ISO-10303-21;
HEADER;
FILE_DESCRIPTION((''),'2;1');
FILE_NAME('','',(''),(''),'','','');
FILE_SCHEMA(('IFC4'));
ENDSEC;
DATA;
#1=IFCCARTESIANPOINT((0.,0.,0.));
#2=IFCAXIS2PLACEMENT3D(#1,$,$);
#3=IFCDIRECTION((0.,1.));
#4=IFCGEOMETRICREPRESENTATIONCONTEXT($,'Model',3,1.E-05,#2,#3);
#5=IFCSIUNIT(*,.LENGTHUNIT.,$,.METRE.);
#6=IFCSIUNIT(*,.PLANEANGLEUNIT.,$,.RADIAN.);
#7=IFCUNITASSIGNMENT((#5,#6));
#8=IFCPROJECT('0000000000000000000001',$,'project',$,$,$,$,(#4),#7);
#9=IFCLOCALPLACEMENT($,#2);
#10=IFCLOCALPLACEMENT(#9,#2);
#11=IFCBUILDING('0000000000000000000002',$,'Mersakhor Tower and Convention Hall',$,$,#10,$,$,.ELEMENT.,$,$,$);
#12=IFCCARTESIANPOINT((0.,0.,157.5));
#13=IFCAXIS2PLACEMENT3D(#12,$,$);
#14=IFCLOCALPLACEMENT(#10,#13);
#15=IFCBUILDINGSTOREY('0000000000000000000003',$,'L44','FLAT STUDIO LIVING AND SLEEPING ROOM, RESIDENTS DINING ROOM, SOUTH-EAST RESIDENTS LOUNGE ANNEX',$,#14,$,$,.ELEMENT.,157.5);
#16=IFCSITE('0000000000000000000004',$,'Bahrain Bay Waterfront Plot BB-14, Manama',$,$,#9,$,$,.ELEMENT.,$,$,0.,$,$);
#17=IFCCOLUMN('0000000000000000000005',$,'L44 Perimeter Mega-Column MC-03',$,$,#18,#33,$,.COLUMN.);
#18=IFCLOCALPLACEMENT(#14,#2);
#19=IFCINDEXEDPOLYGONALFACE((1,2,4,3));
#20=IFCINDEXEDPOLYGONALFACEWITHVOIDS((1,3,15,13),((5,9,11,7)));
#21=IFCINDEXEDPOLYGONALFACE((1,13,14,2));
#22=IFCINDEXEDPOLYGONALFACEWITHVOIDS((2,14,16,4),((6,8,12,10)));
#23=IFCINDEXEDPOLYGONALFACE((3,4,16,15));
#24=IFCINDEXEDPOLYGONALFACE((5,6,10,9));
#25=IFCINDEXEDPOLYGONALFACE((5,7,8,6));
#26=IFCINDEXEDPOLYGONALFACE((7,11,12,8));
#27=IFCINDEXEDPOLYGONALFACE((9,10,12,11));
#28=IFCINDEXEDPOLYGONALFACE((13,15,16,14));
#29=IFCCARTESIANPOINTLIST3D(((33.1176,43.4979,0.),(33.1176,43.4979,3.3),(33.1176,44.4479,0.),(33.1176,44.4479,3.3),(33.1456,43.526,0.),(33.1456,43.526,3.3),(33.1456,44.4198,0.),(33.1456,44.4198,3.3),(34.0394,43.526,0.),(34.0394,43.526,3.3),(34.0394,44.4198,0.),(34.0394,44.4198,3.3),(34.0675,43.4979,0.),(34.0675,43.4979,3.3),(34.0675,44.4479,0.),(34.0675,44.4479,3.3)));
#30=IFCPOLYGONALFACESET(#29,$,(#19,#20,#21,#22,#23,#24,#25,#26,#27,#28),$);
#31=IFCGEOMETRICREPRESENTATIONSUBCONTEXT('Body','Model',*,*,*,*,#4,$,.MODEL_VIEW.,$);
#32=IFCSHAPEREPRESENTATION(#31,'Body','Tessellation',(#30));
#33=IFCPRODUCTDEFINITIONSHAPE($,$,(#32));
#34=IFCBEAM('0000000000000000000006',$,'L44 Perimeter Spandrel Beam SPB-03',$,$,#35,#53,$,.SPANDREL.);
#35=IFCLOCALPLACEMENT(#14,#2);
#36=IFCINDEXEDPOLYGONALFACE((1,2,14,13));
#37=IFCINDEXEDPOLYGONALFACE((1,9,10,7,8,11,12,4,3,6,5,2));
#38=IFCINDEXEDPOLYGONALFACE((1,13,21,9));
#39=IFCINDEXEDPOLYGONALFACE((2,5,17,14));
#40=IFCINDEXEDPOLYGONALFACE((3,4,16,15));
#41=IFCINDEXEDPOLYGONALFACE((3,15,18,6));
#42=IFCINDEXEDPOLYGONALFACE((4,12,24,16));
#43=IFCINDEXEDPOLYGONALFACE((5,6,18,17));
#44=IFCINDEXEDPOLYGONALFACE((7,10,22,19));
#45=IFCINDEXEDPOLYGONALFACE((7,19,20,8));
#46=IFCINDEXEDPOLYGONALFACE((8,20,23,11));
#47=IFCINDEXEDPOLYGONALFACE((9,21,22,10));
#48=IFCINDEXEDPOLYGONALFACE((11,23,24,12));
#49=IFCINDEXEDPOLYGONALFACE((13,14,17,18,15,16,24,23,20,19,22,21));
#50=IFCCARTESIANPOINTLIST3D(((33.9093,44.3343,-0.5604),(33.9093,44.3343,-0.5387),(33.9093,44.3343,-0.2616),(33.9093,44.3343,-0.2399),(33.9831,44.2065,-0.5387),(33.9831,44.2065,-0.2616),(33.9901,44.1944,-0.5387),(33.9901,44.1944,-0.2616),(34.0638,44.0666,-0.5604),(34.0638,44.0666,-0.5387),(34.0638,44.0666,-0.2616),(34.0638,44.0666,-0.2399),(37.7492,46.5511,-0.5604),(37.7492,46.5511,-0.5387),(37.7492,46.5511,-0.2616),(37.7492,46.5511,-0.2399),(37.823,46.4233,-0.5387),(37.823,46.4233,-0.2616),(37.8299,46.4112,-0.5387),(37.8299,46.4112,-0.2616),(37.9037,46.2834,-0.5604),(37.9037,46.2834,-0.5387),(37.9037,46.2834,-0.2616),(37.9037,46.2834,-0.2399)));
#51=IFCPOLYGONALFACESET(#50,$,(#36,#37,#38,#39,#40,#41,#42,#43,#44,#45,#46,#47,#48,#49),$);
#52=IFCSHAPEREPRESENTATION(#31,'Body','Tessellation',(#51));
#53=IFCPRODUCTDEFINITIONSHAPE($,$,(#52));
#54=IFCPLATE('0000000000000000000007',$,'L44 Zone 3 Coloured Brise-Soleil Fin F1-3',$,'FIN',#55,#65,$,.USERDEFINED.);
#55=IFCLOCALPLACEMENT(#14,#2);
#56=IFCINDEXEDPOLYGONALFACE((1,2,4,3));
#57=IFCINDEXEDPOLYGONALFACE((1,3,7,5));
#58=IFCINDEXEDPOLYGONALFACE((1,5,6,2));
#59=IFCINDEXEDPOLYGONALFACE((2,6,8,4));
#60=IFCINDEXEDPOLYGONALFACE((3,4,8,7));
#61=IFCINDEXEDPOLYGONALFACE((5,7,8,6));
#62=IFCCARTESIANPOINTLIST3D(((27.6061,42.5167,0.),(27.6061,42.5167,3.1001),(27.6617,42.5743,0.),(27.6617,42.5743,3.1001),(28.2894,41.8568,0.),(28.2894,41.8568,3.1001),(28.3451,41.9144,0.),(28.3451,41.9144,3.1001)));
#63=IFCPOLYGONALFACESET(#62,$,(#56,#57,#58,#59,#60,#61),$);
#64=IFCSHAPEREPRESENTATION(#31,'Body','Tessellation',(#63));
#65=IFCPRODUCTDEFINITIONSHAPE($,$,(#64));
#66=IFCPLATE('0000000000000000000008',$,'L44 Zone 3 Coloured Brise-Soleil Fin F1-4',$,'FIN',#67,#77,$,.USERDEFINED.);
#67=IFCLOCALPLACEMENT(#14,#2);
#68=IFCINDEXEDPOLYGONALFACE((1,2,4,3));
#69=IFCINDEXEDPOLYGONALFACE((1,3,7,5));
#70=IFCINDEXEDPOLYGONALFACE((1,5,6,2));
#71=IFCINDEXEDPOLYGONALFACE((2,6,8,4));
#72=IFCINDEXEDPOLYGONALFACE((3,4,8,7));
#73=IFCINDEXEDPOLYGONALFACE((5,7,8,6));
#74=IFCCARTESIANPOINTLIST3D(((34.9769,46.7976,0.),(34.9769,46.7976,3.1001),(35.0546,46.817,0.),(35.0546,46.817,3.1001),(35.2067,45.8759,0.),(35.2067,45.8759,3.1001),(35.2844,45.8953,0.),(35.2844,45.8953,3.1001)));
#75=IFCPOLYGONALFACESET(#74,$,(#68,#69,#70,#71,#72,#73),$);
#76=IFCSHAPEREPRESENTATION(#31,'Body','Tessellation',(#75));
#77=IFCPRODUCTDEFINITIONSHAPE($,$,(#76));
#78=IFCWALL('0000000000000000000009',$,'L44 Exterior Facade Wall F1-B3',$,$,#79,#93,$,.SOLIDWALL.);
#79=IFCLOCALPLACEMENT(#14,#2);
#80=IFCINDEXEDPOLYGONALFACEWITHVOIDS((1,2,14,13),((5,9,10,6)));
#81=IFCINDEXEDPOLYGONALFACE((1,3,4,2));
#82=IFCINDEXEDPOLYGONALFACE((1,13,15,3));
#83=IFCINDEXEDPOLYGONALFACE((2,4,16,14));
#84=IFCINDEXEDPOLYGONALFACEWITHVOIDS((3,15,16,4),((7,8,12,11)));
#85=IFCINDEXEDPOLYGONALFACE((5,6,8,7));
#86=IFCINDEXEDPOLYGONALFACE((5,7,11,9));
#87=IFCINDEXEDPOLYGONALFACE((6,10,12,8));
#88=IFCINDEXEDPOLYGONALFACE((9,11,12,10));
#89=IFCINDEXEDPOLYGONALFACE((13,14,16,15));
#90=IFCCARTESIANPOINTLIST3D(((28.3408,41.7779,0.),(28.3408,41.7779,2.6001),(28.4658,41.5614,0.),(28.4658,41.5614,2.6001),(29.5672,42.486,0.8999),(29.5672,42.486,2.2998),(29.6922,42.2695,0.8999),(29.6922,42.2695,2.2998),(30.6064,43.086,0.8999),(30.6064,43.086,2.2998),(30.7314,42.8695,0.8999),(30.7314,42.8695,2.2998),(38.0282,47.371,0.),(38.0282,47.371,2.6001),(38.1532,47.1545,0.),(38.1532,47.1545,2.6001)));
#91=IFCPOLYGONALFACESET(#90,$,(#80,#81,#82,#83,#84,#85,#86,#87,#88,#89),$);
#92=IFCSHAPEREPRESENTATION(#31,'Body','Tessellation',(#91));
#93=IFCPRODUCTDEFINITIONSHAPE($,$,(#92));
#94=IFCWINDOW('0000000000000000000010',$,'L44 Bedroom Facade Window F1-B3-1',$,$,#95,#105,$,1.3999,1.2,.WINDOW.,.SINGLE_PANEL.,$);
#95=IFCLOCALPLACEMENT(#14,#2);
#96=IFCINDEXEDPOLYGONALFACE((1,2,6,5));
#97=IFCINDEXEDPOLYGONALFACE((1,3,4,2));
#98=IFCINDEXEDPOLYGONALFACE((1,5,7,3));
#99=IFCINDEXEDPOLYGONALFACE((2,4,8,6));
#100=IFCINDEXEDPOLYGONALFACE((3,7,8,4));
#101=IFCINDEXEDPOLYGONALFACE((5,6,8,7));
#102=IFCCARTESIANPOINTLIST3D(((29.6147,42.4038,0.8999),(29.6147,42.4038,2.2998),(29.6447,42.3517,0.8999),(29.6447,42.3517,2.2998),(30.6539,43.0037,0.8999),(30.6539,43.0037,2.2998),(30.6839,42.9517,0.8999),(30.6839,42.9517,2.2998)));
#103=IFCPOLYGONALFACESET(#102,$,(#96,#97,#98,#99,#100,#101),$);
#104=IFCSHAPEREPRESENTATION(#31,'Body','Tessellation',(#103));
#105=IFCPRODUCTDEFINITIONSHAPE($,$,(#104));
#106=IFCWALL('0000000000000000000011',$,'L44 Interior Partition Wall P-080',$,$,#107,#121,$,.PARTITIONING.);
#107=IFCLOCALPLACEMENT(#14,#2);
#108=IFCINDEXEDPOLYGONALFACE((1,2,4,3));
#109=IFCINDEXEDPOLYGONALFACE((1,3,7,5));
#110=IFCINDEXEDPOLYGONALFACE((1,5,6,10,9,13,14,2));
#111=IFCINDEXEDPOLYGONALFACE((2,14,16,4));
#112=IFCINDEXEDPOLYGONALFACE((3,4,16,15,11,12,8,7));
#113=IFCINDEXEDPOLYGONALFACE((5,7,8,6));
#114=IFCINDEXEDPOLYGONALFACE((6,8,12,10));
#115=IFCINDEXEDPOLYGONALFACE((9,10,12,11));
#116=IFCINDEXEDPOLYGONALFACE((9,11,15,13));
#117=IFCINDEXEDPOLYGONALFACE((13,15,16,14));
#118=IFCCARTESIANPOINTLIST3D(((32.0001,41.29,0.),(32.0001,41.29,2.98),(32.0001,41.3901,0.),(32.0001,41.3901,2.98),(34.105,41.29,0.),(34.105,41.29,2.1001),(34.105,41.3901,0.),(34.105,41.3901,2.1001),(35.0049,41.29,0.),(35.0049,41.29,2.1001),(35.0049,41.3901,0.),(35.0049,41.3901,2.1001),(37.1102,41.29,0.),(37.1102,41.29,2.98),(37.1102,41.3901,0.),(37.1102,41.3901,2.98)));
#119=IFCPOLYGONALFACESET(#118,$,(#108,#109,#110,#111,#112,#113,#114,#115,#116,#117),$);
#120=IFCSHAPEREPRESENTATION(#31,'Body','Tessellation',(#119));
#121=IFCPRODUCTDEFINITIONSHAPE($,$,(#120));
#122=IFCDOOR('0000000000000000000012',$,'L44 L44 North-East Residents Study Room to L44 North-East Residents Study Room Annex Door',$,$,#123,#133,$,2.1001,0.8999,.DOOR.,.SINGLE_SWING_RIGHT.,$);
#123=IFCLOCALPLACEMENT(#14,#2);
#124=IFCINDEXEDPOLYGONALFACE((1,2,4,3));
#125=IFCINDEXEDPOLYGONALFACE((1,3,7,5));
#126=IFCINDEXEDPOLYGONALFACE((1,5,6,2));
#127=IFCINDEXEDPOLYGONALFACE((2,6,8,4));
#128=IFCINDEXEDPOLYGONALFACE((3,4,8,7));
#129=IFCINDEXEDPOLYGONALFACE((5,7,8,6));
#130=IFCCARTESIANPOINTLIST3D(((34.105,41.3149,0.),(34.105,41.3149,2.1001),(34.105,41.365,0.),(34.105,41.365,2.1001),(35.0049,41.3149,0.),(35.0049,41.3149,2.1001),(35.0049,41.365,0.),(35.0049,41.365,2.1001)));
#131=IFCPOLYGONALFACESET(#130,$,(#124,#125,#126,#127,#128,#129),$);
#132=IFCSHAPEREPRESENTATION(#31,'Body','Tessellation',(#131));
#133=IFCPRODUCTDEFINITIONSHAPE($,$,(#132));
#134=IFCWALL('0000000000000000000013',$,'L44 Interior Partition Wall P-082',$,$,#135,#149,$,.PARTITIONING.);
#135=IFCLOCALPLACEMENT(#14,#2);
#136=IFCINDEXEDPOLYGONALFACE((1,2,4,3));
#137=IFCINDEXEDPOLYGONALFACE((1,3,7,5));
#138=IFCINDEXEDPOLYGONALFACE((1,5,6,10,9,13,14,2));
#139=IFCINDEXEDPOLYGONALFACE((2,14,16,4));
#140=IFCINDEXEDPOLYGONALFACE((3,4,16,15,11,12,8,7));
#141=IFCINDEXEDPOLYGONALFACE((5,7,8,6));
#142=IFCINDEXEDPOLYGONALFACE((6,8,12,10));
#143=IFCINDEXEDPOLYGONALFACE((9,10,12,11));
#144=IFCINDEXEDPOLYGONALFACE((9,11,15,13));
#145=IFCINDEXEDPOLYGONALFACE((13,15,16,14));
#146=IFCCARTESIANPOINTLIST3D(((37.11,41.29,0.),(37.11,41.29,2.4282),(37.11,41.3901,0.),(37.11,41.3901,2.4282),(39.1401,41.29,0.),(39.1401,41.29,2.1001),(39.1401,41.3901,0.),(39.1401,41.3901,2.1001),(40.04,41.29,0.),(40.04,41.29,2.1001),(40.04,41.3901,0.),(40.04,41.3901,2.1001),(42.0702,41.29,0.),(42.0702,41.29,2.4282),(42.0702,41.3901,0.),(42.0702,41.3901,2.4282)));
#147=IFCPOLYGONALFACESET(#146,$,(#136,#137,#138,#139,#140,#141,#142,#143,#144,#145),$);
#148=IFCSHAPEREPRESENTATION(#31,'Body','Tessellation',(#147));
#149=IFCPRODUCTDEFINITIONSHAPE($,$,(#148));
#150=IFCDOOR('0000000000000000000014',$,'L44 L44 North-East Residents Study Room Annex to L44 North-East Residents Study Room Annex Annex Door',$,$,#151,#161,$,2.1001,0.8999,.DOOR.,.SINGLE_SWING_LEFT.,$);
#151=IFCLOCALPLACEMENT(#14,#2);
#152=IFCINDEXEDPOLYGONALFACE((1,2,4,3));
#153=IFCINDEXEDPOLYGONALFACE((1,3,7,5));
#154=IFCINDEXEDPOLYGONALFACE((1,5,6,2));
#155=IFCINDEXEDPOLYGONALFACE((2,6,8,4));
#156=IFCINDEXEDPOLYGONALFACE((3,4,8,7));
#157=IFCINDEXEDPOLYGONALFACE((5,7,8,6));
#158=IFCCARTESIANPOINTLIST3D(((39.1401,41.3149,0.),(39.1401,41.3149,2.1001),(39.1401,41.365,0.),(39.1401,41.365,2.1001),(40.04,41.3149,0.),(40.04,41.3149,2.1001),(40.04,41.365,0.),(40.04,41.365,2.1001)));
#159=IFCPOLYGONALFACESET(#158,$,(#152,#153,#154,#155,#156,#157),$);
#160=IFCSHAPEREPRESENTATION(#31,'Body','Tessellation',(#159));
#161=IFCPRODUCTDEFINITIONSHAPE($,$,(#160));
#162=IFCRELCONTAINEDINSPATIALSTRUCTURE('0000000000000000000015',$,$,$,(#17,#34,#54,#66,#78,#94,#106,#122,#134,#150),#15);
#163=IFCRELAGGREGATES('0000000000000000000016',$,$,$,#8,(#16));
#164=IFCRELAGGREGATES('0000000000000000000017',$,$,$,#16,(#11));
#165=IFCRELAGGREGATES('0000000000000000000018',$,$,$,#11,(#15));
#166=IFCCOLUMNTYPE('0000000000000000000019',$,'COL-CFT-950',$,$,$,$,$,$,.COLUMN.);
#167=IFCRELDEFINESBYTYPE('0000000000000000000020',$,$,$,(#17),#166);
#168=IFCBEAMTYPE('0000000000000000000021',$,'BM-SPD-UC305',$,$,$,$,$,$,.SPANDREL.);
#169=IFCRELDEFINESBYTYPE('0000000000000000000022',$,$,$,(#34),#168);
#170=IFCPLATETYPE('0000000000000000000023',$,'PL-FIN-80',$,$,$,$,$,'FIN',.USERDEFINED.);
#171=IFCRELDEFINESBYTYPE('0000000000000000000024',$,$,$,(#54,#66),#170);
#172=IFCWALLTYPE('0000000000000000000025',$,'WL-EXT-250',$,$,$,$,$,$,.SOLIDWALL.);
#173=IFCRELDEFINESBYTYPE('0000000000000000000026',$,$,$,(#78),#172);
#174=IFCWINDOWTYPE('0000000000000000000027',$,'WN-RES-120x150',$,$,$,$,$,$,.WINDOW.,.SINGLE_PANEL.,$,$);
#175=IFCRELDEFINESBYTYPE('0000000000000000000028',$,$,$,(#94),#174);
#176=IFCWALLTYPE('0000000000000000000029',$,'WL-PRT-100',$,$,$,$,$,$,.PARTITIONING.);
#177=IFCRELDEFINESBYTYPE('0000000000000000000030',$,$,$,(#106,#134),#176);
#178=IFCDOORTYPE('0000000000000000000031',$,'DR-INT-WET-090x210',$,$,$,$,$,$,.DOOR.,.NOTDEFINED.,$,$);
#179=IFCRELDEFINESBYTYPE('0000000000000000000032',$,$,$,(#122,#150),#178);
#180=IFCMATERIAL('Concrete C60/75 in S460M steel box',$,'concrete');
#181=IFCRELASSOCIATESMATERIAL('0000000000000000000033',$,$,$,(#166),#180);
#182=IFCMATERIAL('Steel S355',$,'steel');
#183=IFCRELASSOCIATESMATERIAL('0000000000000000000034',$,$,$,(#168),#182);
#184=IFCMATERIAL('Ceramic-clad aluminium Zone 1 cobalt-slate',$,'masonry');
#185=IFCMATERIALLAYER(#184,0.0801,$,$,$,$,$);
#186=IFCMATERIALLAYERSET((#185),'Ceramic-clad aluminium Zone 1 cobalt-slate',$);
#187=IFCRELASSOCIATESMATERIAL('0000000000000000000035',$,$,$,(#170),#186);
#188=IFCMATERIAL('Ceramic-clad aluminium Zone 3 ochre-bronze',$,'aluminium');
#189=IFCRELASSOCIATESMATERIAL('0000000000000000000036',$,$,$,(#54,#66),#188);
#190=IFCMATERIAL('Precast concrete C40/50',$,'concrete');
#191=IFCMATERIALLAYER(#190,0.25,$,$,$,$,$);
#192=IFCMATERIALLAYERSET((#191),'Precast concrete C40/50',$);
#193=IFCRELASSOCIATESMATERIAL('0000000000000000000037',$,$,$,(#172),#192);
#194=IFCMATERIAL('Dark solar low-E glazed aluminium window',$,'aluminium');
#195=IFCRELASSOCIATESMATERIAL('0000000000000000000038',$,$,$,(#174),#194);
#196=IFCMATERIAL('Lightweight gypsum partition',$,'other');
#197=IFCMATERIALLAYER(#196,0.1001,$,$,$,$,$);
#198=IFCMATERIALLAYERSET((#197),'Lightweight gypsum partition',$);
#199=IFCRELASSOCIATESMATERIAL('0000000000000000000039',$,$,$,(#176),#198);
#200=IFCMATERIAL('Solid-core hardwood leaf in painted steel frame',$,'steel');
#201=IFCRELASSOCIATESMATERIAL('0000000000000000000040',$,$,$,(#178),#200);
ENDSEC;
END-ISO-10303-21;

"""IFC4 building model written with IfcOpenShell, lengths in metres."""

from ifc_helpers import new_model, si_unit, direction, frame, frame_2d, origin, origin_2d, place, context, subcontext, project, spatial, rectangle, hollow_rectangle, i_section, extrude, material, layer, layer_set, material_profile, profile_set, type_object, element, fill, save


model = new_model("IFC4")

# Units and contexts
model_context = context("Model", 3, precision=1e-05, world=origin(), true_north=direction((0.0, 1.0)))
body_context = subcontext(model_context, "Body", "Model", "MODEL_VIEW")
ifc_project = project(units=[si_unit("LENGTHUNIT", "METRE"), si_unit("PLANEANGLEUNIT", "RADIAN")], contexts=[model_context])

# Site, building, storey
site_placement = place(None, origin())
site = spatial("IfcSite", under=ifc_project, at=site_placement, Name="Bahrain Bay Waterfront Plot BB-14, Manama", CompositionType="ELEMENT", RefElevation=0.0)
building_placement = place(site_placement, origin())
building = spatial("IfcBuilding", under=site, at=building_placement, Name="Mersakhor Tower and Convention Hall", CompositionType="ELEMENT")
storey_placement = place(building_placement, frame((0.0, 0.0, 157.5)))
storey = spatial("IfcBuildingStorey", under=building, at=storey_placement, Name="L44", Description="FLAT STUDIO LIVING AND SLEEPING ROOM, RESIDENTS DINING ROOM, SOUTH-EAST RESIDENTS LOUNGE ANNEX", CompositionType="ELEMENT", Elevation=157.5)

# Column
ifc_material_1 = material(Name="Concrete C60/75 in S460M steel box", Category="concrete")
ifc_material_profile_1 = material_profile(ifc_material_1, hollow_rectangle(XDim=0.95, YDim=0.95, WallThickness=0.0281, at=origin_2d()), Name="SHS 950x950x28")
ifc_profile_set_1 = profile_set([ifc_material_profile_1], Name="Concrete C60/75 in S460M steel box")
column_type = type_object("IfcColumnType", Name="COL-CFT-950", PredefinedType="COLUMN", material=ifc_profile_set_1)
column_placement = place(storey_placement, frame((33.5925, 43.9729, 0.0), z_axis=(0.0, 0.0, 1.0), x_axis=(1.0, 0.0, 0.0)))
element("IfcColumn", 1, at=column_placement, inside=storey, type_object=column_type, Name="L44 Perimeter Mega-Column MC-03", PredefinedType="COLUMN", context=body_context, shape_type="SweptSolid", body=[
    extrude(hollow_rectangle(XDim=0.95, YDim=0.95, WallThickness=0.0281, at=origin_2d()), origin(), (0.0, 0.0, 1.0), 3.3),
])

# Beam
ifc_material_2 = material(Name="Steel S355", Category="steel")
ifc_material_profile_2 = material_profile(ifc_material_2, i_section(OverallWidth=0.3091, OverallDepth=0.3206, WebThickness=0.0139, FlangeThickness=0.0217, at=origin_2d()), Name="UC 305x305x137")
ifc_profile_set_2 = profile_set([ifc_material_profile_2], Name="Steel S355")
beam_type = type_object("IfcBeamType", Name="BM-SPD-UC305", PredefinedType="SPANDREL", material=ifc_profile_set_2)
beam_placement = place(storey_placement, frame((33.9866, 44.2004, -0.4001), z_axis=(0.866039, 0.499977, 0.0), x_axis=(-0.499977, 0.866039, 0.0)))
element("IfcBeam", 2, at=beam_placement, inside=storey, type_object=beam_type, Name="L44 Perimeter Spandrel Beam SPB-03", PredefinedType="SPANDREL", context=body_context, shape_type="SweptSolid", body=[
    extrude(i_section(OverallWidth=0.3091, OverallDepth=0.3206, WebThickness=0.0139, FlangeThickness=0.0217, at=origin_2d()), origin(), (0.0, 0.0, 1.0), 4.4338),
])

# Plates
ifc_material_3 = material(Name="Ceramic-clad aluminium Zone 3 ochre-bronze", Category="aluminium")
ifc_material_4 = material(Name="Ceramic-clad aluminium Zone 1 cobalt-slate", Category="masonry")
ifc_layer_1 = layer(ifc_material_4, 0.0801)
ifc_layer_set_1 = layer_set([ifc_layer_1], Name="Ceramic-clad aluminium Zone 1 cobalt-slate")
plate_type = type_object("IfcPlateType", Name="PL-FIN-80", ElementType="FIN", PredefinedType="USERDEFINED", material=ifc_layer_set_1)
for number, where, z_axis, x_axis, name in (
    (3, (27.9756, 42.2156, 0.0), (0.0, 0.0, 1.0), (-0.71934, 0.694658, 0.0), "L44 Zone 3 Coloured Brise-Soleil Fin F1-3"),
    (4, (35.1306, 46.3464, 0.0), (0.0, 0.0, 1.0), (-0.241922, 0.970296, 0.0), "L44 Zone 3 Coloured Brise-Soleil Fin F1-4"),
):
    element("IfcPlate", number, at=place(storey_placement, frame(where, z_axis=z_axis, x_axis=x_axis)), inside=storey, type_object=plate_type, material=ifc_material_3, Name=name, ObjectType="FIN", PredefinedType="USERDEFINED", context=body_context, shape_type="SweptSolid", body=[
        extrude(rectangle(XDim=0.95, YDim=0.0801, at=origin_2d()), origin(), (0.0, 0.0, 1.0), 3.1001),
    ])

# Wall, opening, window
ifc_material_5 = material(Name="Precast concrete C40/50", Category="concrete")
ifc_layer_2 = layer(ifc_material_5, 0.25)
ifc_layer_set_2 = layer_set([ifc_layer_2], Name="Precast concrete C40/50")
wall_type_1 = type_object("IfcWallType", Name="WL-EXT-250", PredefinedType="SOLIDWALL", material=ifc_layer_set_2)
wall_1_placement = place(storey_placement, frame((28.4033, 41.6697, 0.0), z_axis=(0.0, 0.0, 1.0), x_axis=(0.866022, 0.500005, 0.0)))
wall_1 = element("IfcWall", 5, at=wall_1_placement, inside=storey, type_object=wall_type_1, Name="L44 Exterior Facade Wall F1-B3", PredefinedType="SOLIDWALL", context=body_context, shape_type="SweptSolid", body=[
    extrude(rectangle(XDim=11.186, YDim=0.25, at=frame_2d((5.593, 0.0))), origin(), (0.0, 0.0, 1.0), 2.6001),
])
opening_1_placement = place(wall_1_placement, frame((1.416, 0.0, 0.8999)))
opening_1 = element("IfcOpeningElement", 6, at=opening_1_placement, cuts=wall_1, PredefinedType="OPENING", context=body_context, shape_type="SweptSolid", body=[
    extrude(rectangle(XDim=1.2, YDim=1.3999, at=frame_2d((0.6001, 0.7))), frame((0.0, 0.135, 0.0), z_axis=(0.0, -1.0, 0.0), x_axis=(1.0, 0.0, 0.0)), (0.0, 0.0, 1.0), 0.27),
])
ifc_material_6 = material(Name="Dark solar low-E glazed aluminium window", Category="aluminium")
window_type = type_object("IfcWindowType", Name="WN-RES-120x150", PartitioningType="SINGLE_PANEL", PredefinedType="WINDOW", material=ifc_material_6)
window_placement = place(opening_1_placement, origin())
window = element("IfcWindow", 7, at=window_placement, inside=storey, type_object=window_type, Name="L44 Bedroom Facade Window F1-B3-1", OverallHeight=1.3999, OverallWidth=1.2, PartitioningType="SINGLE_PANEL", PredefinedType="WINDOW", context=body_context, shape_type="SweptSolid", body=[
    extrude(rectangle(XDim=1.2, YDim=1.3999, at=frame_2d((0.6001, 0.7))), frame((0.0, 0.03, 0.0), z_axis=(0.0, -1.0, 0.0), x_axis=(1.0, 0.0, 0.0)), (0.0, 0.0, 1.0), 0.0601),
])
fill(opening_1, window)

# Walls, openings, doors
ifc_material_7 = material(Name="Lightweight gypsum partition", Category="other")
ifc_layer_3 = layer(ifc_material_7, 0.1001)
ifc_layer_set_3 = layer_set([ifc_layer_3], Name="Lightweight gypsum partition")
wall_type_2 = type_object("IfcWallType", Name="WL-PRT-100", PredefinedType="PARTITIONING", material=ifc_layer_set_3)
wall_2_placement = place(storey_placement, frame((32.0, 41.3401, 0.0), z_axis=(0.0, 0.0, 1.0), x_axis=(1.0, 0.0, 0.0)))
wall_2 = element("IfcWall", 8, at=wall_2_placement, inside=storey, type_object=wall_type_2, Name="L44 Interior Partition Wall P-080", PredefinedType="PARTITIONING", context=body_context, shape_type="SweptSolid", body=[
    extrude(rectangle(XDim=5.1101, YDim=0.1001, at=frame_2d((2.5552, 0.0))), origin(), (0.0, 0.0, 1.0), 2.98),
])
opening_2_placement = place(wall_2_placement, frame((2.105, 0.0, 0.0)))
opening_2 = element("IfcOpeningElement", 9, at=opening_2_placement, cuts=wall_2, PredefinedType="OPENING", context=body_context, shape_type="SweptSolid", body=[
    extrude(rectangle(XDim=0.8999, YDim=2.1001, at=frame_2d((0.45, 1.05))), frame((0.0, 0.0601, 0.0), z_axis=(0.0, -1.0, 0.0), x_axis=(1.0, 0.0, 0.0)), (0.0, 0.0, 1.0), 0.1201),
])
ifc_material_8 = material(Name="Solid-core hardwood leaf in painted steel frame", Category="steel")
door_type_1 = type_object("IfcDoorType", Name="DR-INT-WET-090x210", OperationType="NOTDEFINED", PredefinedType="DOOR", material=ifc_material_8)
door_1_placement = place(opening_2_placement, origin())
door_1 = element("IfcDoor", 10, at=door_1_placement, inside=storey, type_object=door_type_1, Name="L44 L44 North-East Residents Study Room to L44 North-East Residents Study Room Annex Door", OperationType="SINGLE_SWING_RIGHT", OverallHeight=2.1001, OverallWidth=0.8999, PredefinedType="DOOR", context=body_context, shape_type="SweptSolid", body=[
    extrude(rectangle(XDim=0.8999, YDim=2.1001, at=frame_2d((0.45, 1.05))), frame((0.0, 0.0249, 0.0), z_axis=(0.0, -1.0, 0.0), x_axis=(1.0, 0.0, 0.0)), (0.0, 0.0, 1.0), 0.05),
])
fill(opening_2, door_1)
wall_3_placement = place(storey_placement, frame((37.1101, 41.3401, 0.0), z_axis=(0.0, 0.0, 1.0), x_axis=(1.0, 0.0, 0.0)))
wall_3 = element("IfcWall", 11, at=wall_3_placement, inside=storey, type_object=wall_type_2, Name="L44 Interior Partition Wall P-082", PredefinedType="PARTITIONING", context=body_context, shape_type="SweptSolid", body=[
    extrude(rectangle(XDim=4.9602, YDim=0.1001, at=frame_2d((2.48, 0.0))), origin(), (0.0, 0.0, 1.0), 2.4282),
])
opening_3_placement = place(wall_3_placement, frame((2.03, 0.0, 0.0)))
opening_3 = element("IfcOpeningElement", 12, at=opening_3_placement, cuts=wall_3, PredefinedType="OPENING", context=body_context, shape_type="SweptSolid", body=[
    extrude(rectangle(XDim=0.8999, YDim=2.1001, at=frame_2d((0.45, 1.05))), frame((0.0, 0.0601, 0.0), z_axis=(0.0, -1.0, 0.0), x_axis=(1.0, 0.0, 0.0)), (0.0, 0.0, 1.0), 0.1201),
])
door_2_placement = place(opening_3_placement, origin())
door_2 = element("IfcDoor", 13, at=door_2_placement, inside=storey, type_object=door_type_1, Name="L44 L44 North-East Residents Study Room Annex to L44 North-East Residents Study Room Annex Annex Door", OperationType="SINGLE_SWING_LEFT", OverallHeight=2.1001, OverallWidth=0.8999, PredefinedType="DOOR", context=body_context, shape_type="SweptSolid", body=[
    extrude(rectangle(XDim=0.8999, YDim=2.1001, at=frame_2d((0.45, 1.05))), frame((0.0, 0.0249, 0.0), z_axis=(0.0, -1.0, 0.0), x_axis=(1.0, 0.0, 0.0)), (0.0, 0.0, 1.0), 0.05),
])
fill(opening_3, door_2)

save(model, "model.ifc")
